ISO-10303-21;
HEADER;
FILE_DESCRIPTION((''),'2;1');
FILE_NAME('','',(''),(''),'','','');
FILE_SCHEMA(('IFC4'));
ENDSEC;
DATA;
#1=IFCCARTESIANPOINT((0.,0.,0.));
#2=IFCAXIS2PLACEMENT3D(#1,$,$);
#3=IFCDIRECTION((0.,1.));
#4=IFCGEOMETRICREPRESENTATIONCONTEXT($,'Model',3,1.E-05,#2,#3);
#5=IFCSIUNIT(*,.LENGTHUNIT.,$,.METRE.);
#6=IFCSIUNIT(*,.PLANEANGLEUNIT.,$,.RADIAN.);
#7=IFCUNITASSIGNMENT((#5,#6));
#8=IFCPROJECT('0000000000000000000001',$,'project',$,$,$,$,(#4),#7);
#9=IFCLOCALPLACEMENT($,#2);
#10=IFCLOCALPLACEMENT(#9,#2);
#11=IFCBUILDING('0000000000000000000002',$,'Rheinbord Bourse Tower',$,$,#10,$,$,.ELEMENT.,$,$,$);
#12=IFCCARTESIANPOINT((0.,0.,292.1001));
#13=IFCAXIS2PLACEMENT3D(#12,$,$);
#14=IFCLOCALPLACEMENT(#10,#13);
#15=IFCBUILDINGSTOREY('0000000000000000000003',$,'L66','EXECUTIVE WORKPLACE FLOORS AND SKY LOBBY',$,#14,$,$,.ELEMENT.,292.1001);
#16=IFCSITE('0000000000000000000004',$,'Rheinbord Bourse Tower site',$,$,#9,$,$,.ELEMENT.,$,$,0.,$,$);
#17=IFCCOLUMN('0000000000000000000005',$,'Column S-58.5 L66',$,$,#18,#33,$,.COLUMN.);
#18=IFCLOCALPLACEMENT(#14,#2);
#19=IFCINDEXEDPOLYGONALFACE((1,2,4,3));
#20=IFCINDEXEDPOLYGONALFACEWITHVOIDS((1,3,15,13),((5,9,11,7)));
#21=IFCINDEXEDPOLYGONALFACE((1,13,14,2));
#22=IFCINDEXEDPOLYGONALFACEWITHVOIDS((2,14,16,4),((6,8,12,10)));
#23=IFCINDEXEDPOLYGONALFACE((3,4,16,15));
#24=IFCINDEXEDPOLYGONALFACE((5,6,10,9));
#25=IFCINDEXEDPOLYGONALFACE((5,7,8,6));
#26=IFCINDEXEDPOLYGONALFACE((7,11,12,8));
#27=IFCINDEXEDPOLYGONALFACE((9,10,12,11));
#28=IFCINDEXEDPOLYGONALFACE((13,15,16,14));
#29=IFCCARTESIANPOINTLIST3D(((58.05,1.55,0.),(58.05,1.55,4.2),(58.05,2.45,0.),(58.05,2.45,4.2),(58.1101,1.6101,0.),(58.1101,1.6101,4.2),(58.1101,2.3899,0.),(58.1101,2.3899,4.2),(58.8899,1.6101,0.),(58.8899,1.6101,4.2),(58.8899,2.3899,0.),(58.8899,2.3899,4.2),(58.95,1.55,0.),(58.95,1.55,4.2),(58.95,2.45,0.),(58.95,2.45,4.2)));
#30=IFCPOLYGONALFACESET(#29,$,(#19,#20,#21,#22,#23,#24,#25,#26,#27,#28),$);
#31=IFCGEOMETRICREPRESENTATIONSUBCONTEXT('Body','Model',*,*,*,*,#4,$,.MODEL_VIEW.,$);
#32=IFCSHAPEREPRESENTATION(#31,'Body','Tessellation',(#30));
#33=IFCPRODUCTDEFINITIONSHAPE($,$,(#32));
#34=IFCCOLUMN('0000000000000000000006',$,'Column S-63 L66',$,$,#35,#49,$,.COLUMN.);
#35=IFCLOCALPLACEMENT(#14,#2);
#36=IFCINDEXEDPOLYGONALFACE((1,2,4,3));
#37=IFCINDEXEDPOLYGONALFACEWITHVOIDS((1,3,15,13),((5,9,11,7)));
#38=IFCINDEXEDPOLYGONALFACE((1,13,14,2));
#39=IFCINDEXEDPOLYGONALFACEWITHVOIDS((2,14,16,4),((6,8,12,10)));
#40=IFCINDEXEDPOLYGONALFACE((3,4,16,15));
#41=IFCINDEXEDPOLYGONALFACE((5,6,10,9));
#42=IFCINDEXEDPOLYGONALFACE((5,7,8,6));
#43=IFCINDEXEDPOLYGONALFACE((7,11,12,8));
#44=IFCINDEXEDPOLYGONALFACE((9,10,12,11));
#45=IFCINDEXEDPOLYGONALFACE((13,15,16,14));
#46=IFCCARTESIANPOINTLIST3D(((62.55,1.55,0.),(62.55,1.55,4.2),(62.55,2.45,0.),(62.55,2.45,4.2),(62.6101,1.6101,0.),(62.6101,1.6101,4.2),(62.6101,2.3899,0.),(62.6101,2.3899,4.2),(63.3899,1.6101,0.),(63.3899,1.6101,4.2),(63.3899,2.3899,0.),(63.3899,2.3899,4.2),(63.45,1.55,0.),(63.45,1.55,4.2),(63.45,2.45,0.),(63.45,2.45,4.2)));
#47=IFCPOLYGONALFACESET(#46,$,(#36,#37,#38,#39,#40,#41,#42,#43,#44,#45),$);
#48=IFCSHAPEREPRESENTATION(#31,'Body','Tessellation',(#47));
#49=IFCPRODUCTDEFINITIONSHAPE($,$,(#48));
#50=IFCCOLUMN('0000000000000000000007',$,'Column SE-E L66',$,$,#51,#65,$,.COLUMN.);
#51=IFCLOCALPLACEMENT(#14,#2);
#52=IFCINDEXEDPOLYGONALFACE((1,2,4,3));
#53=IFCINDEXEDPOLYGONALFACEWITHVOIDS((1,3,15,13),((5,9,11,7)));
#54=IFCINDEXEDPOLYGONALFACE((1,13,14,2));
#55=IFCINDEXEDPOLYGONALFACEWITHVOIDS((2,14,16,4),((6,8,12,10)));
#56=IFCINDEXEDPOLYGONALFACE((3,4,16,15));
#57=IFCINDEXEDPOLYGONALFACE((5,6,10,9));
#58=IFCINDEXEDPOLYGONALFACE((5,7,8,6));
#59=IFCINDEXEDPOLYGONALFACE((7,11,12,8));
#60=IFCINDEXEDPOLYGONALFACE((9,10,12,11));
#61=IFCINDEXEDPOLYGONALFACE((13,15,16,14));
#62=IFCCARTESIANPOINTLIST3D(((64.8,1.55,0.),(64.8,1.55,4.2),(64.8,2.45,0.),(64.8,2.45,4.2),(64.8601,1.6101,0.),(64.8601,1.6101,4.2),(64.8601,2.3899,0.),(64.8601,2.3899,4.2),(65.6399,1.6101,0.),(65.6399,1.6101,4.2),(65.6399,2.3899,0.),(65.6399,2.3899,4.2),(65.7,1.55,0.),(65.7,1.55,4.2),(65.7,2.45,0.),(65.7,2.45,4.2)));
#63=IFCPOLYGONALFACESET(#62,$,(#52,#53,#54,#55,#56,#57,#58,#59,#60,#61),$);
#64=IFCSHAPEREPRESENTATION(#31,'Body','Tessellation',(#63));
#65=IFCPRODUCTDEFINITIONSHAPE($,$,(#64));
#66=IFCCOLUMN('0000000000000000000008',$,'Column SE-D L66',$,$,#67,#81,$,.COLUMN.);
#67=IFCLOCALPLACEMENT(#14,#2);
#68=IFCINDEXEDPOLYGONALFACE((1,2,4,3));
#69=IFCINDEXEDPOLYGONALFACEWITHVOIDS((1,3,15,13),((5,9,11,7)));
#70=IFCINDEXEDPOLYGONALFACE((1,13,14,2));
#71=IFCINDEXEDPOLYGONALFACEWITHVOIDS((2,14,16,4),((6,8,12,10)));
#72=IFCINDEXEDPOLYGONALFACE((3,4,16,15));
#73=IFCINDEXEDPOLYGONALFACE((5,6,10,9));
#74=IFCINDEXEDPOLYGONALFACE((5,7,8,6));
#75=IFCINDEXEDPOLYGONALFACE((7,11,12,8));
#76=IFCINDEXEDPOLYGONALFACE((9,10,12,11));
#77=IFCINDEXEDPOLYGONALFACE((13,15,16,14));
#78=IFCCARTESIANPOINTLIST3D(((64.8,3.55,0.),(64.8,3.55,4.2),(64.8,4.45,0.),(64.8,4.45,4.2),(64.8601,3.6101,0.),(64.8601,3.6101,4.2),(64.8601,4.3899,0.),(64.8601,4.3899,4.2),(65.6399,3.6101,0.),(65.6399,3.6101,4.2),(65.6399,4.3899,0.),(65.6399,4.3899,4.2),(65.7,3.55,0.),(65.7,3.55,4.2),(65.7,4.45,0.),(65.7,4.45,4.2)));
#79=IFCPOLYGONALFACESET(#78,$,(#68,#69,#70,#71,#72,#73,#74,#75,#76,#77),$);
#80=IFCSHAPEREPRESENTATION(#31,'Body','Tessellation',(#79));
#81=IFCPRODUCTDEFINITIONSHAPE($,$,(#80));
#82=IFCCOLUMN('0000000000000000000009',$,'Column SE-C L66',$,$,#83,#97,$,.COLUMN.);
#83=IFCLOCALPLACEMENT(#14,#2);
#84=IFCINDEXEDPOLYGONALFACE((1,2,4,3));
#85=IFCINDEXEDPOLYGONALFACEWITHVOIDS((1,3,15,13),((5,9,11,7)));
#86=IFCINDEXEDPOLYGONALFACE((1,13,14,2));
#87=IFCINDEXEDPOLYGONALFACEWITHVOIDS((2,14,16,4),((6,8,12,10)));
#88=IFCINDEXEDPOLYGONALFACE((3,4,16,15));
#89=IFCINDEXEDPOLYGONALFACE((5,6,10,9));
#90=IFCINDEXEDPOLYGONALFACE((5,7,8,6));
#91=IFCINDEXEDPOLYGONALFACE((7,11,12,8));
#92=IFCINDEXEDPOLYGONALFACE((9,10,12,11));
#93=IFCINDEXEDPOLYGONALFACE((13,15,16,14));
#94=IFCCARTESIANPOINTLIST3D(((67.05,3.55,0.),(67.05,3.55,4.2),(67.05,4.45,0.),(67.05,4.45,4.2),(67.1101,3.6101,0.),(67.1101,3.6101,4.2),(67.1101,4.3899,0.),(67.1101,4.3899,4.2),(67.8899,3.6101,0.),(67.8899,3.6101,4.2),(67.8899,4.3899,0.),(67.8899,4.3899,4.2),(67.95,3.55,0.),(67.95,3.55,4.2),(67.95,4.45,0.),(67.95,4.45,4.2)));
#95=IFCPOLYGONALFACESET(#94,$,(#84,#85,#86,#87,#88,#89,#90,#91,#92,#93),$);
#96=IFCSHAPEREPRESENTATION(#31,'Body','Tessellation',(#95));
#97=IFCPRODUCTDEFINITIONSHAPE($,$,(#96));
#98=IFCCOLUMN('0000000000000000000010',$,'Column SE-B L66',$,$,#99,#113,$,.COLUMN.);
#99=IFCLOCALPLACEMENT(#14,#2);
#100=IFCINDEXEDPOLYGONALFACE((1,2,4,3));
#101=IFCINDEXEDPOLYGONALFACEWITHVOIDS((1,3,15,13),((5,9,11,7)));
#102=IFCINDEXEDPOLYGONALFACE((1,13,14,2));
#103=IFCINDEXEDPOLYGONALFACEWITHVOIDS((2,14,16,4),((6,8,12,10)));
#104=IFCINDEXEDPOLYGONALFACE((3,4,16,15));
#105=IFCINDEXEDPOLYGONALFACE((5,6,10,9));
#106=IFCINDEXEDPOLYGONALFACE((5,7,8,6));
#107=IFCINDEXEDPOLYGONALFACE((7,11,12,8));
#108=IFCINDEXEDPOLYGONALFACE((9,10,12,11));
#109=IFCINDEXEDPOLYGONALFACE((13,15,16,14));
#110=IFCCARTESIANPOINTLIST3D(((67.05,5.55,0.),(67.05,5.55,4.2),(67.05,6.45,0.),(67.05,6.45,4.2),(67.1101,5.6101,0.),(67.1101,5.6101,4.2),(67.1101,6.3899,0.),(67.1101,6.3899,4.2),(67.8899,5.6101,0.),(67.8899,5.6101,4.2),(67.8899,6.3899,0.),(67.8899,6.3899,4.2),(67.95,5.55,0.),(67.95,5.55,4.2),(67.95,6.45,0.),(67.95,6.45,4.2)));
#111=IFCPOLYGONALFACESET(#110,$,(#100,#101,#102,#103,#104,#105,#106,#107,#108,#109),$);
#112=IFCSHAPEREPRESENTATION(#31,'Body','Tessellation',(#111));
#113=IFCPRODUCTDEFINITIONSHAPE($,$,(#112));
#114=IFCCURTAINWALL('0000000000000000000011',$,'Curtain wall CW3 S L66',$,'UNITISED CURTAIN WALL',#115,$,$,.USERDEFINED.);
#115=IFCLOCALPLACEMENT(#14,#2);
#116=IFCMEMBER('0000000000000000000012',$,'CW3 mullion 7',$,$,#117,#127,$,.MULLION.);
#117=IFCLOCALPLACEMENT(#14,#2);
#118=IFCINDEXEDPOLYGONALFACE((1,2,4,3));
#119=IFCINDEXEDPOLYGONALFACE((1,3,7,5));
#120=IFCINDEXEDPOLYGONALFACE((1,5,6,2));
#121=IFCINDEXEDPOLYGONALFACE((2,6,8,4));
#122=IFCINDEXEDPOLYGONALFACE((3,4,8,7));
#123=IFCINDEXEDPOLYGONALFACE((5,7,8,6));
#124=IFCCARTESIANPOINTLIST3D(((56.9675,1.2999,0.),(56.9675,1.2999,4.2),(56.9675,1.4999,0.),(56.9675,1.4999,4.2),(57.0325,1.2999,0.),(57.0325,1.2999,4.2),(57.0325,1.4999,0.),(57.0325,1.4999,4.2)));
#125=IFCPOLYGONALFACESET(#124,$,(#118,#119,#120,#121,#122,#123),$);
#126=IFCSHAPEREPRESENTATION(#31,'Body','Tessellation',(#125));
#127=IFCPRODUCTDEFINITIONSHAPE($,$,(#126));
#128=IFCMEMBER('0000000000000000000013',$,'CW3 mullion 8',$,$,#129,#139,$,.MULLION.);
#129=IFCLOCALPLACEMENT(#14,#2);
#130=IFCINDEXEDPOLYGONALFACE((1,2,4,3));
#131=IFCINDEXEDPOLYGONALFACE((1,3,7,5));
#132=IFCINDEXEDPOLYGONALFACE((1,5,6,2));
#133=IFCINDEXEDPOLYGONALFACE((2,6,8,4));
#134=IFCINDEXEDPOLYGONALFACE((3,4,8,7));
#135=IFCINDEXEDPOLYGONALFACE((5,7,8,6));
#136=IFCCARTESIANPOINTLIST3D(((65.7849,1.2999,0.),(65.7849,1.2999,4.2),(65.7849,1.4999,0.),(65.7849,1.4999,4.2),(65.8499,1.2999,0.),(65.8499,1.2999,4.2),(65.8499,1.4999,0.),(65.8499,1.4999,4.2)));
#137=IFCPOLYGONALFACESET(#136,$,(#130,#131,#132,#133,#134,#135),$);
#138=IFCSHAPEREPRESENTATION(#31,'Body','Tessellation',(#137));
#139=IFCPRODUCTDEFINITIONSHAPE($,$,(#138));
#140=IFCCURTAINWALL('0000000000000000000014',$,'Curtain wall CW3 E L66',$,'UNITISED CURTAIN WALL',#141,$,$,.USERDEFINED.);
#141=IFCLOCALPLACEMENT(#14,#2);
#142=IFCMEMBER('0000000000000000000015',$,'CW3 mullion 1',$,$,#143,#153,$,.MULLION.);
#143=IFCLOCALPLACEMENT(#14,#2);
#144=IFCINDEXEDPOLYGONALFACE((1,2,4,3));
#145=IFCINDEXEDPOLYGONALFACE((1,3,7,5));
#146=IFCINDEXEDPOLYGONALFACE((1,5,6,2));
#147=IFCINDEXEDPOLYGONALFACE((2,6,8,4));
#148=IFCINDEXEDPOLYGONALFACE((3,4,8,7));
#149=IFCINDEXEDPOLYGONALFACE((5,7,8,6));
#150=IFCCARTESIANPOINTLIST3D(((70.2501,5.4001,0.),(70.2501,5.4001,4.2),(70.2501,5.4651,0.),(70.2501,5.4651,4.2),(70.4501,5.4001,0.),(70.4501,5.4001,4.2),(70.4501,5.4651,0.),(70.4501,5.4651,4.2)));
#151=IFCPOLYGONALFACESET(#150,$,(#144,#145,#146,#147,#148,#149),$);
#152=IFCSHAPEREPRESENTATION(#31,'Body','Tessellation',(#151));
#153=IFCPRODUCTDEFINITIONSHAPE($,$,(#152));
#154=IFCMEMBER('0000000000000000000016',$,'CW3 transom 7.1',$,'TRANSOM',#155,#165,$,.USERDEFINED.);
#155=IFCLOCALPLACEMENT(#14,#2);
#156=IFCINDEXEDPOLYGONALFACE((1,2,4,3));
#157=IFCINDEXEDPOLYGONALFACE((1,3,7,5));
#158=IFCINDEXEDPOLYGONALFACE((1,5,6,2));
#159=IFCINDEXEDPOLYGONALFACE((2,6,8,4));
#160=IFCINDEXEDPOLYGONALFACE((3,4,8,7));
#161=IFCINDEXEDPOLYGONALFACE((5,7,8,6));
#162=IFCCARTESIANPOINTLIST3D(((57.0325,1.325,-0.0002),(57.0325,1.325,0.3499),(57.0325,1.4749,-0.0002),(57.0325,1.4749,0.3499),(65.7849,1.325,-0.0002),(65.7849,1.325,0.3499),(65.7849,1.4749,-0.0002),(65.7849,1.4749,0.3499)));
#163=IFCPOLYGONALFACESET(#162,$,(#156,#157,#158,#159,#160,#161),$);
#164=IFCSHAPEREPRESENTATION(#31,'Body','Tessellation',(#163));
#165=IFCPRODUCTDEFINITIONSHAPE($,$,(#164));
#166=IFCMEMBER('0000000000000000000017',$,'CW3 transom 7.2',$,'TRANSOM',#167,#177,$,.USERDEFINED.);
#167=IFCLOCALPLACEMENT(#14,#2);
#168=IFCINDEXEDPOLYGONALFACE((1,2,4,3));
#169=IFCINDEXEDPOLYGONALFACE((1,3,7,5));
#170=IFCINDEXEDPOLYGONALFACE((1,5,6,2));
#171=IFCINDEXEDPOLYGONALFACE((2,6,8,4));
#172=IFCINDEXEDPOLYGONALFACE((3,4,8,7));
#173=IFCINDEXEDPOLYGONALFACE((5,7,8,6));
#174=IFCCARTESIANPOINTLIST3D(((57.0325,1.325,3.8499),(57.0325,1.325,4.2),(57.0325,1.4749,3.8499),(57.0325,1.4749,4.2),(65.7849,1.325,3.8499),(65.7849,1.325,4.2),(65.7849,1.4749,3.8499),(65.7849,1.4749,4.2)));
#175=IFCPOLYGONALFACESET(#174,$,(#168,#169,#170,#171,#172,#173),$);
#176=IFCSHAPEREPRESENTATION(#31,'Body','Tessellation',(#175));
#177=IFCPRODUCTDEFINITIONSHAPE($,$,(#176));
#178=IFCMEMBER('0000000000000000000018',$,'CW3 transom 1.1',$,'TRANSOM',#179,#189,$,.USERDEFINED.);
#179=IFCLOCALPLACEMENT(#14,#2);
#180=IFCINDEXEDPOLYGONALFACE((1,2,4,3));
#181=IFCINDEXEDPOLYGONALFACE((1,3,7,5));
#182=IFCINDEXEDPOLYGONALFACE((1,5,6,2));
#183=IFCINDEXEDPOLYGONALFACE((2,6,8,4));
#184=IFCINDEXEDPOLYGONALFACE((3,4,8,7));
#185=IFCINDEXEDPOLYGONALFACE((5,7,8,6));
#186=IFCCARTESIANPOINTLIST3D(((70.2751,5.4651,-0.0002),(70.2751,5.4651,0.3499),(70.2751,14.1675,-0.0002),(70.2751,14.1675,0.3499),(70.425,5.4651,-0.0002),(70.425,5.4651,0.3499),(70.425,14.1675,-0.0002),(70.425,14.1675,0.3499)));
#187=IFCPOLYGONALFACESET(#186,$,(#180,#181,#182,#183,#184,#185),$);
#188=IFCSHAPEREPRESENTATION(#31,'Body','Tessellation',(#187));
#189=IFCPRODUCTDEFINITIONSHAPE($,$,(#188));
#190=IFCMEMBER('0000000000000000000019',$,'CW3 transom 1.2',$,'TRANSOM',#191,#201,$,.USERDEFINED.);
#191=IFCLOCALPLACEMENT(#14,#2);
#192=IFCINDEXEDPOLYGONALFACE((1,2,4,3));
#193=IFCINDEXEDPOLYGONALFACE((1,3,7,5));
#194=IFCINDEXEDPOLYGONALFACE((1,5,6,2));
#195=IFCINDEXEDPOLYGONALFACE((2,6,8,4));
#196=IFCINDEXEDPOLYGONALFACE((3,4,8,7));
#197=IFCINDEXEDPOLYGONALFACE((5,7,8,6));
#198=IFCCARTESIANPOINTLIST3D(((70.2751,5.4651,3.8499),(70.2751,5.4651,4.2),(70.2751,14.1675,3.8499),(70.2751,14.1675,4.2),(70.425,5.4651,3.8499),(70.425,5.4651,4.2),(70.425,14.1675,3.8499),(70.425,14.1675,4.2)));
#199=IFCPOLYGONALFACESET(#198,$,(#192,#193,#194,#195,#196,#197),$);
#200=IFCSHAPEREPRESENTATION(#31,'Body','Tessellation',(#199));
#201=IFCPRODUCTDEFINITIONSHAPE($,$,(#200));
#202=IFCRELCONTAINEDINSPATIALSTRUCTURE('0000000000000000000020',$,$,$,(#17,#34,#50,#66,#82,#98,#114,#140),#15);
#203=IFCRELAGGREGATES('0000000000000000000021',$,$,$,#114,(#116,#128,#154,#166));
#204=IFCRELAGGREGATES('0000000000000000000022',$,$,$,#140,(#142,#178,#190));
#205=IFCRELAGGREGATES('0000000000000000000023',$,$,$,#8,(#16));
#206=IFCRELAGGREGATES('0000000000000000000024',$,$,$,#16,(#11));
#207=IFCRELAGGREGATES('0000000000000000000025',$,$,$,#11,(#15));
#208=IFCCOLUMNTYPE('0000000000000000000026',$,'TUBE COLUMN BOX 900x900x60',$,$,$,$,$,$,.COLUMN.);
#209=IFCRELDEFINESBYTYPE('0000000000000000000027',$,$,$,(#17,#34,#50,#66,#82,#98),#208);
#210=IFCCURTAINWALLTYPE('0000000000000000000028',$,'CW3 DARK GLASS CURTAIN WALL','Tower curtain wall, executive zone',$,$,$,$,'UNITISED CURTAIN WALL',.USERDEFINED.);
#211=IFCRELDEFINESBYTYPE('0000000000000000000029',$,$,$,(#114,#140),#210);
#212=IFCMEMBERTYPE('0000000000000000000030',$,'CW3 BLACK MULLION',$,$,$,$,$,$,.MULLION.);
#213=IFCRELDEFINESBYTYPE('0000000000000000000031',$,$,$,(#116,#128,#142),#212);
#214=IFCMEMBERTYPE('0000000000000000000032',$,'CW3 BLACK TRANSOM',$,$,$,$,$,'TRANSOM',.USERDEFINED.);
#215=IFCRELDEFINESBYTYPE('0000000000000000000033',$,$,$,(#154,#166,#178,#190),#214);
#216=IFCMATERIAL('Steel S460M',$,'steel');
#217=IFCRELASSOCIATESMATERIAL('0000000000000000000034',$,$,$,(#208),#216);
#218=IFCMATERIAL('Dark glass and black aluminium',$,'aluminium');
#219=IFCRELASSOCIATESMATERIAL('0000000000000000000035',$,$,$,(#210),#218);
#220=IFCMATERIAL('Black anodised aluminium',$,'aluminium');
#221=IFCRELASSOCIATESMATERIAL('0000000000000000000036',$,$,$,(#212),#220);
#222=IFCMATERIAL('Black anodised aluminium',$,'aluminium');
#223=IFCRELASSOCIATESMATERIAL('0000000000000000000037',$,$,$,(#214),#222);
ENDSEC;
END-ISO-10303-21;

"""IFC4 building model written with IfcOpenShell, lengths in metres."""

from ifc_helpers import new_model, si_unit, direction, frame, origin, origin_2d, place, context, subcontext, project, spatial, rectangle, hollow_rectangle, extrude, material, material_profile, profile_set, type_object, element, aggregate, save


model = new_model("IFC4")

# Units and contexts
model_context = context("Model", 3, precision=1e-05, world=origin(), true_north=direction((0.0, 1.0)))
body_context = subcontext(model_context, "Body", "Model", "MODEL_VIEW")
ifc_project = project(units=[si_unit("LENGTHUNIT", "METRE"), si_unit("PLANEANGLEUNIT", "RADIAN")], contexts=[model_context])

# Site, building, storey
site_placement = place(None, origin())
site = spatial("IfcSite", under=ifc_project, at=site_placement, Name="Rheinbord Bourse Tower site", CompositionType="ELEMENT", RefElevation=0.0)
building_placement = place(site_placement, origin())
building = spatial("IfcBuilding", under=site, at=building_placement, Name="Rheinbord Bourse Tower", CompositionType="ELEMENT")
storey_placement = place(building_placement, frame((0.0, 0.0, 292.1001)))
storey = spatial("IfcBuildingStorey", under=building, at=storey_placement, Name="L66", Description="EXECUTIVE WORKPLACE FLOORS AND SKY LOBBY", CompositionType="ELEMENT", Elevation=292.1001)

# Columns
ifc_material_1 = material(Name="Steel S460M", Category="steel")
ifc_material_profile_1 = material_profile(ifc_material_1, hollow_rectangle(XDim=0.8999, YDim=0.8999, WallThickness=0.0601, at=origin_2d()), Name="BOX 900x900x60")
ifc_profile_set_1 = profile_set([ifc_material_profile_1], Name="Steel S460M")
column_type = type_object("IfcColumnType", Name="TUBE COLUMN BOX 900x900x60", PredefinedType="COLUMN", material=ifc_profile_set_1)
for number, where, z_axis, x_axis, name in (
    (1, (58.5, 2.0, 0.0), (0.0, 0.0, 1.0), (0.0, 1.0, 0.0), "Column S-58.5 L66"),
    (2, (63.0, 2.0, 0.0), (0.0, 0.0, 1.0), (0.0, 1.0, 0.0), "Column S-63 L66"),
    (3, (65.25, 2.0, 0.0), (0.0, 0.0, 1.0), (0.0, 1.0, 0.0), "Column SE-E L66"),
    (4, (65.25, 4.0, 0.0), (0.0, 0.0, 1.0), (0.0, 1.0, 0.0), "Column SE-D L66"),
    (5, (67.5, 4.0, 0.0), (0.0, 0.0, 1.0), (1.0, 0.0, 0.0), "Column SE-C L66"),
    (6, (67.5, 6.0, 0.0), (0.0, 0.0, 1.0), (1.0, 0.0, 0.0), "Column SE-B L66"),
):
    element("IfcColumn", number, at=place(storey_placement, frame(where, z_axis=z_axis, x_axis=x_axis)), inside=storey, type_object=column_type, Name=name, PredefinedType="COLUMN", context=body_context, shape_type="SweptSolid", body=[
        extrude(hollow_rectangle(XDim=0.8999, YDim=0.8999, WallThickness=0.0601, at=origin_2d()), origin(), (0.0, 0.0, 1.0), 4.2),
    ])

# Curtain wall, members
ifc_material_2 = material(Name="Dark glass and black aluminium", Category="aluminium")
curtain_wall_type = type_object("IfcCurtainWallType", Name="CW3 DARK GLASS CURTAIN WALL", Description="Tower curtain wall, executive zone", ElementType="UNITISED CURTAIN WALL", PredefinedType="USERDEFINED", material=ifc_material_2)
curtain_wall_1_placement = place(storey_placement, origin())
curtain_wall_1 = element("IfcCurtainWall", 7, at=curtain_wall_1_placement, inside=storey, type_object=curtain_wall_type, Name="Curtain wall CW3 S L66", ObjectType="UNITISED CURTAIN WALL", PredefinedType="USERDEFINED")
ifc_material_3 = material(Name="Black anodised aluminium", Category="aluminium")
ifc_material_profile_2 = material_profile(ifc_material_3, rectangle(XDim=0.2, YDim=0.0649, at=origin_2d()), Name="CW3 MULLION 65x200")
ifc_profile_set_2 = profile_set([ifc_material_profile_2], Name="Black anodised aluminium")
member_type_1 = type_object("IfcMemberType", Name="CW3 BLACK MULLION", PredefinedType="MULLION", material=ifc_profile_set_2)
member_1_placement = place(storey_placement, frame((57.0, 1.3999, 0.0), z_axis=(0.0, 0.0, 1.0), x_axis=(0.0, 1.0, 0.0)))
member_1 = element("IfcMember", 8, at=member_1_placement, type_object=member_type_1, Name="CW3 mullion 7", PredefinedType="MULLION", context=body_context, shape_type="SweptSolid", body=[
    extrude(rectangle(XDim=0.2, YDim=0.0649, at=origin_2d()), origin(), (0.0, 0.0, 1.0), 4.2),
])
member_2_placement = place(storey_placement, frame((65.8174, 1.3999, 0.0), z_axis=(0.0, 0.0, 1.0), x_axis=(0.0, 1.0, 0.0)))
member_2 = element("IfcMember", 9, at=member_2_placement, type_object=member_type_1, Name="CW3 mullion 8", PredefinedType="MULLION", context=body_context, shape_type="SweptSolid", body=[
    extrude(rectangle(XDim=0.2, YDim=0.0649, at=origin_2d()), origin(), (0.0, 0.0, 1.0), 4.2),
])

# Curtain wall, member
curtain_wall_2_placement = place(storey_placement, origin())
curtain_wall_2 = element("IfcCurtainWall", 10, at=curtain_wall_2_placement, inside=storey, type_object=curtain_wall_type, Name="Curtain wall CW3 E L66", ObjectType="UNITISED CURTAIN WALL", PredefinedType="USERDEFINED")
member_3_placement = place(storey_placement, frame((70.3501, 5.4326, 0.0), z_axis=(0.0, 0.0, 1.0), x_axis=(-1.0, 0.0, 0.0)))
member_3 = element("IfcMember", 11, at=member_3_placement, type_object=member_type_1, Name="CW3 mullion 1", PredefinedType="MULLION", context=body_context, shape_type="SweptSolid", body=[
    extrude(rectangle(XDim=0.2, YDim=0.0649, at=origin_2d()), origin(), (0.0, 0.0, 1.0), 4.2),
])

# Members
ifc_material_4 = material(Name="Black anodised aluminium", Category="aluminium")
ifc_material_profile_3 = material_profile(ifc_material_4, rectangle(XDim=0.1499, YDim=0.3501, at=origin_2d()), Name="CW3 TRANSOM 350x150")
ifc_profile_set_3 = profile_set([ifc_material_profile_3], Name="Black anodised aluminium")
member_type_2 = type_object("IfcMemberType", Name="CW3 BLACK TRANSOM", ElementType="TRANSOM", PredefinedType="USERDEFINED", material=ifc_profile_set_3)
member_4_placement = place(storey_placement, frame((57.0325, 1.3999, 0.1748), z_axis=(1.0, 0.0, 0.0), x_axis=(0.0, 1.0, 0.0)))
member_4 = element("IfcMember", 12, at=member_4_placement, type_object=member_type_2, Name="CW3 transom 7.1", ObjectType="TRANSOM", PredefinedType="USERDEFINED", context=body_context, shape_type="SweptSolid", body=[
    extrude(rectangle(XDim=0.1499, YDim=0.3501, at=origin_2d()), origin(), (0.0, 0.0, 1.0), 8.7524),
])
member_5_placement = place(storey_placement, frame((57.0325, 1.3999, 4.0249), z_axis=(1.0, 0.0, 0.0), x_axis=(0.0, 1.0, 0.0)))
member_5 = element("IfcMember", 13, at=member_5_placement, type_object=member_type_2, Name="CW3 transom 7.2", ObjectType="TRANSOM", PredefinedType="USERDEFINED", context=body_context, shape_type="SweptSolid", body=[
    extrude(rectangle(XDim=0.1499, YDim=0.3501, at=origin_2d()), origin(), (0.0, 0.0, 1.0), 8.7524),
])
member_6_placement = place(storey_placement, frame((70.3501, 5.4651, 0.1748), z_axis=(0.0, 1.0, 0.0), x_axis=(-1.0, 0.0, 0.0)))
member_6 = element("IfcMember", 14, at=member_6_placement, type_object=member_type_2, Name="CW3 transom 1.1", ObjectType="TRANSOM", PredefinedType="USERDEFINED", context=body_context, shape_type="SweptSolid", body=[
    extrude(rectangle(XDim=0.1499, YDim=0.3501, at=origin_2d()), origin(), (0.0, 0.0, 1.0), 8.7024),
])
member_7_placement = place(storey_placement, frame((70.3501, 5.4651, 4.0249), z_axis=(0.0, 1.0, 0.0), x_axis=(-1.0, 0.0, 0.0)))
member_7 = element("IfcMember", 15, at=member_7_placement, type_object=member_type_2, Name="CW3 transom 1.2", ObjectType="TRANSOM", PredefinedType="USERDEFINED", context=body_context, shape_type="SweptSolid", body=[
    extrude(rectangle(XDim=0.1499, YDim=0.3501, at=origin_2d()), origin(), (0.0, 0.0, 1.0), 8.7024),
])

aggregate(curtain_wall_1, [member_1, member_2, member_4, member_5])
aggregate(curtain_wall_2, [member_3, member_6, member_7])

save(model, "model.ifc")
